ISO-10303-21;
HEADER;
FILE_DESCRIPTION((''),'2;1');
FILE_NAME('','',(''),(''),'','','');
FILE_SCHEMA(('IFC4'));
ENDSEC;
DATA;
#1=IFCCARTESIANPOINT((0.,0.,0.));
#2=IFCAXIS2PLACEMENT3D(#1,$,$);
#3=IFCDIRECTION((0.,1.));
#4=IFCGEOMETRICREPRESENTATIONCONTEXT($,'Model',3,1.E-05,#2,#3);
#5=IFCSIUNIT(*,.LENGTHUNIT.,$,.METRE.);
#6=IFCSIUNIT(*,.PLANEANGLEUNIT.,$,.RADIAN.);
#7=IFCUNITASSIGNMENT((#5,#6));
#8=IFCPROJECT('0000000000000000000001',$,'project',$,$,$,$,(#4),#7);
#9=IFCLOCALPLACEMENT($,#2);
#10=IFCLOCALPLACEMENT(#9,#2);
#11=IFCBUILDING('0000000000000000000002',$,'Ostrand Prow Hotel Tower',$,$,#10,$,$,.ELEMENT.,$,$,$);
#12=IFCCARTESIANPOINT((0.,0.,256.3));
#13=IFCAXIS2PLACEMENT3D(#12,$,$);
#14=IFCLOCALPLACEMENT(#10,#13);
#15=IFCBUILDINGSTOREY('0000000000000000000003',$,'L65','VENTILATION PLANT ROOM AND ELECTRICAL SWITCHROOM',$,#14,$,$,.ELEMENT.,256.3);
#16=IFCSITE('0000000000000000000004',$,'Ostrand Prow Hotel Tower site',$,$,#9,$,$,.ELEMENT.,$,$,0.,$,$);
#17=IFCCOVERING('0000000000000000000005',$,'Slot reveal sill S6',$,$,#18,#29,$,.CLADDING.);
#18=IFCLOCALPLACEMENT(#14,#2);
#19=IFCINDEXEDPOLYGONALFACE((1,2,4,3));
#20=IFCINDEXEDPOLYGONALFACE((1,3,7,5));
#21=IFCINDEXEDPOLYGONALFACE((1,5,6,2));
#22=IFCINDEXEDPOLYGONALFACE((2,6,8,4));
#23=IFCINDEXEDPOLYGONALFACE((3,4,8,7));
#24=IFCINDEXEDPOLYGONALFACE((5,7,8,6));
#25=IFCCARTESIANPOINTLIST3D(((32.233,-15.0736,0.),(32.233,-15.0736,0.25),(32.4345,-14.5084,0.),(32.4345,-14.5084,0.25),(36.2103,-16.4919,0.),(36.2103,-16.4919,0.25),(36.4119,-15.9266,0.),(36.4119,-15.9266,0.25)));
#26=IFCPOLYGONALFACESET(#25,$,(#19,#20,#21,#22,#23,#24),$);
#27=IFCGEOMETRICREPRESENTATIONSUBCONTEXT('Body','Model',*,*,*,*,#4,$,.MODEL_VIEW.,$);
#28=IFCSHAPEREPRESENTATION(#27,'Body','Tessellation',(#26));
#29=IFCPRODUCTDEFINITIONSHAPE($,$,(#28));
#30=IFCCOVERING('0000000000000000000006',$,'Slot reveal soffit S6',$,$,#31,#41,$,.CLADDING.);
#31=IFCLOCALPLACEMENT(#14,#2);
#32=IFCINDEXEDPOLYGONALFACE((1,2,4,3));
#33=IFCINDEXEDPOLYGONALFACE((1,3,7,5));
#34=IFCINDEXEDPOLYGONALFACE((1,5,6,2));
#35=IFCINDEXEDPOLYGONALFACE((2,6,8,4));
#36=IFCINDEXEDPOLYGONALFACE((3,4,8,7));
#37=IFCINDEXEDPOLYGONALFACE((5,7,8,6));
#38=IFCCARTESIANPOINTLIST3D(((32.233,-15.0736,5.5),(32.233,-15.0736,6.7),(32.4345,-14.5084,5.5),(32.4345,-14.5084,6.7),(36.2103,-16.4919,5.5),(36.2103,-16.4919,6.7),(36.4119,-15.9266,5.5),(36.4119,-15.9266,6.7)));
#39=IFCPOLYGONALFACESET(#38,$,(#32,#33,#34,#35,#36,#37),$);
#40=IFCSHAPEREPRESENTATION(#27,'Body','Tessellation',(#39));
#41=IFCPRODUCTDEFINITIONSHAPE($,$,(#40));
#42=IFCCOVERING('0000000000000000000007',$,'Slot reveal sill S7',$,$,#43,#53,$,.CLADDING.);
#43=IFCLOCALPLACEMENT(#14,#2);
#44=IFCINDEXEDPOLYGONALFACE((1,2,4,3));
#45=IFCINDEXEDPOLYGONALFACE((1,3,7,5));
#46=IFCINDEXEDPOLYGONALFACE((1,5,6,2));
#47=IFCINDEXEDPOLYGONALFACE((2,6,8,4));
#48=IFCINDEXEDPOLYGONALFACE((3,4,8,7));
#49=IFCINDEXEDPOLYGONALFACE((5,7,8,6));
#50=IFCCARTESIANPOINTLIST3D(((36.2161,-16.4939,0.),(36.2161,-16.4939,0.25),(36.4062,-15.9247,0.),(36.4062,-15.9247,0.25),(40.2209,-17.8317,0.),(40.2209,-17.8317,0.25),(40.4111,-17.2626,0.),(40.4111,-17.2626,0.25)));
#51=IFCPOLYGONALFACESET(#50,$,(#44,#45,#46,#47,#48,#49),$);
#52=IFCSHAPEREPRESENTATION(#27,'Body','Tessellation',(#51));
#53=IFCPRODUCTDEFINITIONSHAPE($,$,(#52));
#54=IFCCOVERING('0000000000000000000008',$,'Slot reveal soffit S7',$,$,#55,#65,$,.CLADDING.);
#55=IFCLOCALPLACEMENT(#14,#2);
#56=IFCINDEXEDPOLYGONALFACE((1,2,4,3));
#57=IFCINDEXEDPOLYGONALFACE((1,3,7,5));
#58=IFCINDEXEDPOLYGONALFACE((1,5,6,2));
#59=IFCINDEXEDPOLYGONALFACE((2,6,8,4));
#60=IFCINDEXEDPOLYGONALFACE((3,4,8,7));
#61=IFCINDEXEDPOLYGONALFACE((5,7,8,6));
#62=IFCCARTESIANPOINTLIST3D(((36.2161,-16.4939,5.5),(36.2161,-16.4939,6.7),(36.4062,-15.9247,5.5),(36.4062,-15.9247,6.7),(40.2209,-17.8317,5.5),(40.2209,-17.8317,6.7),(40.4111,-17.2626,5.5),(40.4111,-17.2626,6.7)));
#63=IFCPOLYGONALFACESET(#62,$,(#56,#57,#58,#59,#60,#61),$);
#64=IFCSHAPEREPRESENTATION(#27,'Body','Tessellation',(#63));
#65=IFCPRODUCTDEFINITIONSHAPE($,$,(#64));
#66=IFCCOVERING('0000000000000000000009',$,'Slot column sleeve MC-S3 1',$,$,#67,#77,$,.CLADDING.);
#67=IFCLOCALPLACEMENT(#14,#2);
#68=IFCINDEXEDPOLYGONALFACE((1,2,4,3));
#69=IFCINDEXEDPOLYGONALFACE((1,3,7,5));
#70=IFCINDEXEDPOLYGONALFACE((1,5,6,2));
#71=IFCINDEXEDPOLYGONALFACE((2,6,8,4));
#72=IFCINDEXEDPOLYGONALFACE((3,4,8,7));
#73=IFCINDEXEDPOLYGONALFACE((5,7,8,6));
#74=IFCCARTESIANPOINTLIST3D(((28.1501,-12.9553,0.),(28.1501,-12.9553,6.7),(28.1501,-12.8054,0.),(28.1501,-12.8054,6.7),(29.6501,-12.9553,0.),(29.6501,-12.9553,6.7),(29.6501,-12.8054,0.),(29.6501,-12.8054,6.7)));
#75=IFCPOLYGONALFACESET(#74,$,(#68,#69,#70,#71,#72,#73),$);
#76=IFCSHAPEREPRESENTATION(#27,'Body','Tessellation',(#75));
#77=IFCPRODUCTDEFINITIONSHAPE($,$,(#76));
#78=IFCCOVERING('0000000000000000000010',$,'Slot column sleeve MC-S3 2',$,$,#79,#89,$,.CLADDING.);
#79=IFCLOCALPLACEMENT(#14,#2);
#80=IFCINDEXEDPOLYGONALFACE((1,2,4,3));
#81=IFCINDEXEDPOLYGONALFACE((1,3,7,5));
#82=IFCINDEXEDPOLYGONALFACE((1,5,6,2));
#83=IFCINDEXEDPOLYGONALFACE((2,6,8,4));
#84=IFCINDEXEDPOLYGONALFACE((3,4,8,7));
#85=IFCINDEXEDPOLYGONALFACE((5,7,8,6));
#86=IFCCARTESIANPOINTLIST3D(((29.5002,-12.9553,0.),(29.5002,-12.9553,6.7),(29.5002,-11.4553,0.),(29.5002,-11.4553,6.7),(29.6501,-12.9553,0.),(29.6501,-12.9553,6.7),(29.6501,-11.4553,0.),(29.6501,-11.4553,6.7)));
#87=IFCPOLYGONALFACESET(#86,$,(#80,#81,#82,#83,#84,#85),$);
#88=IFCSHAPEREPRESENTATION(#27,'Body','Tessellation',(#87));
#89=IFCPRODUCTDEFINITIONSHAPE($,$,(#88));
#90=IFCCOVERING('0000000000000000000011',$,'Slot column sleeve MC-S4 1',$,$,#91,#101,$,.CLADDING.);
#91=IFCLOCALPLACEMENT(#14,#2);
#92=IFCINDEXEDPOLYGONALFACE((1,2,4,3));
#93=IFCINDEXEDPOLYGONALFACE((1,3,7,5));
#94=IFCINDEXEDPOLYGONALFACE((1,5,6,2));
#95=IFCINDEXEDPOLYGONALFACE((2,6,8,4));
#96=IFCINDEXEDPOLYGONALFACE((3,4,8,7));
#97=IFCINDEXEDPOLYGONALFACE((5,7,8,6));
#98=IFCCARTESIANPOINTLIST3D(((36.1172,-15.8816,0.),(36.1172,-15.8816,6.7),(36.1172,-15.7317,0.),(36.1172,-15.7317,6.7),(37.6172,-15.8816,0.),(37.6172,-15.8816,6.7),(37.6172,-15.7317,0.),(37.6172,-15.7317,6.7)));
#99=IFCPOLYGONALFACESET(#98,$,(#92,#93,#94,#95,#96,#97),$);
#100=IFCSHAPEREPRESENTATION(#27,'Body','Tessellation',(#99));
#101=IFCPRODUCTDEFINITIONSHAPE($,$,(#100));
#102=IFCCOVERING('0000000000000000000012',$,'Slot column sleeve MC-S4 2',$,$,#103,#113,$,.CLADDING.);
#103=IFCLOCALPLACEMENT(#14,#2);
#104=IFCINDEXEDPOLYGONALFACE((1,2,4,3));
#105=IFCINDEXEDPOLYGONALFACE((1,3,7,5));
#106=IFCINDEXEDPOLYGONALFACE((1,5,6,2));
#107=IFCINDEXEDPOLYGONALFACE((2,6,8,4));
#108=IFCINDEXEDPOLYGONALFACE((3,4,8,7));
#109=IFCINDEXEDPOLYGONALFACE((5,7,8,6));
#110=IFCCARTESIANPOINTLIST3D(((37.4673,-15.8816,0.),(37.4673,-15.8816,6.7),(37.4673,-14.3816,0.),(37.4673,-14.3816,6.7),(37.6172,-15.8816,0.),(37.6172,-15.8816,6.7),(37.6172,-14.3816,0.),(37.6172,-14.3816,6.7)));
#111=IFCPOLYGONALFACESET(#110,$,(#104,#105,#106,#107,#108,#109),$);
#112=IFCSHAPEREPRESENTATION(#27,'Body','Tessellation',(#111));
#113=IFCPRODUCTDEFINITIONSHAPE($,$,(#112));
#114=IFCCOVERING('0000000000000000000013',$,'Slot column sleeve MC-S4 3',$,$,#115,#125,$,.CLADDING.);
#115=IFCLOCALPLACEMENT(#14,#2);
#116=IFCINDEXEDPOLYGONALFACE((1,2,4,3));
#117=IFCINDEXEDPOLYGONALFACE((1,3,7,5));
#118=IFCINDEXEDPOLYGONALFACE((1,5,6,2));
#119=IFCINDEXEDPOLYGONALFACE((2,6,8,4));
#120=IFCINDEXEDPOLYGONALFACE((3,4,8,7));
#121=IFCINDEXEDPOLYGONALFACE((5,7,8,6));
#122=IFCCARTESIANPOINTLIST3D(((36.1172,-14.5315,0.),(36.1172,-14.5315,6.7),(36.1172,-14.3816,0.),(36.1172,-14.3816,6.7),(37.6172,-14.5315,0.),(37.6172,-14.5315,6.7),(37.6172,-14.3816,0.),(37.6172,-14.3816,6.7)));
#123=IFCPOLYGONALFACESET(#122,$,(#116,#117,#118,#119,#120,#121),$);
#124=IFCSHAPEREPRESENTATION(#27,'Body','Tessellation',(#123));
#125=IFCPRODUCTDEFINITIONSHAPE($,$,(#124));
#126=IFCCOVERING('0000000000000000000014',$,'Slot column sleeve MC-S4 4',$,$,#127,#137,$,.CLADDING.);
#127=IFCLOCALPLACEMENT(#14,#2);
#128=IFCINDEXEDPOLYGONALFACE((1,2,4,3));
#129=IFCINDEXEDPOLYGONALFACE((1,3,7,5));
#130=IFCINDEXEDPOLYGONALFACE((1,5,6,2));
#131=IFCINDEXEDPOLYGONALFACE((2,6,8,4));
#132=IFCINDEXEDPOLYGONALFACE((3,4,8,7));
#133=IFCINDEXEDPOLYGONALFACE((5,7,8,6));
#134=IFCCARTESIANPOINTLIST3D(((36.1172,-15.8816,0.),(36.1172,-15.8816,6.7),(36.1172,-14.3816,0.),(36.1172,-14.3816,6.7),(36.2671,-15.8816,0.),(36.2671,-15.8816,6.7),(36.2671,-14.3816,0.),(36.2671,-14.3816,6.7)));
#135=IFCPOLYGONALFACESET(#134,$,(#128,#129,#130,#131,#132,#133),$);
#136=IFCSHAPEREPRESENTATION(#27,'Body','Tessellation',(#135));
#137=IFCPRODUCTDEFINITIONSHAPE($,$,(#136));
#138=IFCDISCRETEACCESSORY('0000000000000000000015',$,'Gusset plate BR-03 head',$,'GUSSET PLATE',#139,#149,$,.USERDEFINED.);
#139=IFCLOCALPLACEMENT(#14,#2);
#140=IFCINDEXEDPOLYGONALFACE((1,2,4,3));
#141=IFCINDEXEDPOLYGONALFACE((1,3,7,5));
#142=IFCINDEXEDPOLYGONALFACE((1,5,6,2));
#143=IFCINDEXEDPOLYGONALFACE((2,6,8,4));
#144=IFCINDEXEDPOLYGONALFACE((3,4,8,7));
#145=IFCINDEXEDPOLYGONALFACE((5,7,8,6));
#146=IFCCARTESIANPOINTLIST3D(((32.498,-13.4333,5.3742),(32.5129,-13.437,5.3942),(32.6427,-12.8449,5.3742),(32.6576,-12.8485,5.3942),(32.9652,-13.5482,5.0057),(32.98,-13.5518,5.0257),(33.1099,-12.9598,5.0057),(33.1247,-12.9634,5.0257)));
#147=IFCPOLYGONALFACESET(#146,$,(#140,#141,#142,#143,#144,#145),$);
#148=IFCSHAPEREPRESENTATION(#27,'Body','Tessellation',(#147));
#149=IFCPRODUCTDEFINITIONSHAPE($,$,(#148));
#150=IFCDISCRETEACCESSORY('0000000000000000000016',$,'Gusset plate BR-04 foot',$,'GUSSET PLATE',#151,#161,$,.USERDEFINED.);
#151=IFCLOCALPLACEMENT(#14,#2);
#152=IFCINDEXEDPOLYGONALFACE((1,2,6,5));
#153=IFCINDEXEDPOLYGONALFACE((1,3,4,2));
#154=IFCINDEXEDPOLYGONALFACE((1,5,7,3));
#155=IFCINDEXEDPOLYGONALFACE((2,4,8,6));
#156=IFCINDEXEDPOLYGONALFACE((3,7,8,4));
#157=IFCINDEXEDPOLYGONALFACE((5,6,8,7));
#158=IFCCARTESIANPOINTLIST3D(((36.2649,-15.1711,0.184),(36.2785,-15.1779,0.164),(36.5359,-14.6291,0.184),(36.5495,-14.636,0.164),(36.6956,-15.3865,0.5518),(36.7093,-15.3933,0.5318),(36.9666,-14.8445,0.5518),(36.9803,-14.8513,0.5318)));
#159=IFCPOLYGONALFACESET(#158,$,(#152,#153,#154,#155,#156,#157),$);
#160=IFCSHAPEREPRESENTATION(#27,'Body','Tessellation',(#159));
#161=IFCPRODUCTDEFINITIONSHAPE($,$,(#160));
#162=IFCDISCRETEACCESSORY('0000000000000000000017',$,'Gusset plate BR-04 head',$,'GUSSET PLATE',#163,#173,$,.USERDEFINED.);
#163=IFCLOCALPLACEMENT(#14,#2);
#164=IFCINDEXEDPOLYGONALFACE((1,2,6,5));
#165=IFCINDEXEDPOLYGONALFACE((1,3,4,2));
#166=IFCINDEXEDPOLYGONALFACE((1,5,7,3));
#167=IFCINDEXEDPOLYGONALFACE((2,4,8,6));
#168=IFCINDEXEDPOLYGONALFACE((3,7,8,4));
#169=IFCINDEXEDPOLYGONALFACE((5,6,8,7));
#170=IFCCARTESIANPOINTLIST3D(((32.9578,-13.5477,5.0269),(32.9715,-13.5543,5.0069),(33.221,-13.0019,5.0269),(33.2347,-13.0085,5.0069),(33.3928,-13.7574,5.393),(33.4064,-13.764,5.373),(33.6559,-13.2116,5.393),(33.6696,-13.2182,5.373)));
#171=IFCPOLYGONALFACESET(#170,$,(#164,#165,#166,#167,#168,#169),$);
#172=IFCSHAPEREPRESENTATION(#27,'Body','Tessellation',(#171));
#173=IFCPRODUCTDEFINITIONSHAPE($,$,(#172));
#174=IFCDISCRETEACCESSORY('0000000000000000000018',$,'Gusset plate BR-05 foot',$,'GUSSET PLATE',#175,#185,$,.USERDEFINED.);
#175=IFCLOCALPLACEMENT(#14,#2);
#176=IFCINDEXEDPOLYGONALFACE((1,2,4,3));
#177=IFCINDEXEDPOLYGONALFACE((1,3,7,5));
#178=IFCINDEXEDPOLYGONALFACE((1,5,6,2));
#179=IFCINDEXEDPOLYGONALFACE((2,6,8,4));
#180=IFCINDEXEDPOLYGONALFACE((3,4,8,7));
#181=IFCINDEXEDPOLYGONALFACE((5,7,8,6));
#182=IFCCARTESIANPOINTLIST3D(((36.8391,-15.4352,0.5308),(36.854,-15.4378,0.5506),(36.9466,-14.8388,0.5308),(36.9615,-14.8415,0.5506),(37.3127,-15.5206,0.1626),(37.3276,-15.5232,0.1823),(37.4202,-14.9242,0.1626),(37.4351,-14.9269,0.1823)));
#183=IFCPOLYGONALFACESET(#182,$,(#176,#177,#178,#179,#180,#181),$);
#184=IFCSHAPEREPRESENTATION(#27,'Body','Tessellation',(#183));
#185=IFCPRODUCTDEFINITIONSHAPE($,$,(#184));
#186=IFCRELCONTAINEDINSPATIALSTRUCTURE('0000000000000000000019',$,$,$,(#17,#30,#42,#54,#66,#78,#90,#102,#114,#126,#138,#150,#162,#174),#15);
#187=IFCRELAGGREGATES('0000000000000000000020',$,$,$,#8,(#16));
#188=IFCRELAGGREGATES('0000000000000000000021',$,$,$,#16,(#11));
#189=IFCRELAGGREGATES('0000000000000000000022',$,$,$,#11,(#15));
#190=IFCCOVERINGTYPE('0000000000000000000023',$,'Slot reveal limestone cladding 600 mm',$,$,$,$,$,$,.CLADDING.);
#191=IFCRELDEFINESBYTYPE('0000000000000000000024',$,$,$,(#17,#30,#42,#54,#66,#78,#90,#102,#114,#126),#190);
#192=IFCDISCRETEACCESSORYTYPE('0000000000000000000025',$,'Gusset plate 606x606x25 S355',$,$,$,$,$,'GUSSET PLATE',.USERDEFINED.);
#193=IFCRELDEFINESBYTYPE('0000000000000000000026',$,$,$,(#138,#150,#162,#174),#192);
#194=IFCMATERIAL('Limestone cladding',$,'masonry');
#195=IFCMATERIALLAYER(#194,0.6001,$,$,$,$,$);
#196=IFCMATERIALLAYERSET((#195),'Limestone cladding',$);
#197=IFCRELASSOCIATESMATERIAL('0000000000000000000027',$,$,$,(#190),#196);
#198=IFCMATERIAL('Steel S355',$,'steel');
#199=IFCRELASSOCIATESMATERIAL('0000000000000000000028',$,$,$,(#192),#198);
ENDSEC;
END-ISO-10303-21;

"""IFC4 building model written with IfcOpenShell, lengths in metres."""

from ifc_helpers import new_model, si_unit, direction, frame, frame_2d, origin, origin_2d, place, context, subcontext, project, spatial, rectangle, extrude, material, layer, layer_set, material_profile, profile_set, type_object, element, save


model = new_model("IFC4")

# Units and contexts
model_context = context("Model", 3, precision=1e-05, world=origin(), true_north=direction((0.0, 1.0)))
body_context = subcontext(model_context, "Body", "Model", "MODEL_VIEW")
ifc_project = project(units=[si_unit("LENGTHUNIT", "METRE"), si_unit("PLANEANGLEUNIT", "RADIAN")], contexts=[model_context])

# Site, building, storey
site_placement = place(None, origin())
site = spatial("IfcSite", under=ifc_project, at=site_placement, Name="Ostrand Prow Hotel Tower site", CompositionType="ELEMENT", RefElevation=0.0)
building_placement = place(site_placement, origin())
building = spatial("IfcBuilding", under=site, at=building_placement, Name="Ostrand Prow Hotel Tower", CompositionType="ELEMENT")
storey_placement = place(building_placement, frame((0.0, 0.0, 256.3)))
storey = spatial("IfcBuildingStorey", under=building, at=storey_placement, Name="L65", Description="VENTILATION PLANT ROOM AND ELECTRICAL SWITCHROOM", CompositionType="ELEMENT", Elevation=256.3)

# Coverings
ifc_material_1 = material(Name="Limestone cladding", Category="masonry")
ifc_layer_1 = layer(ifc_material_1, 0.6001)
ifc_layer_set_1 = layer_set([ifc_layer_1], Name="Limestone cladding")
covering_type_1 = type_object("IfcCoveringType", Name="Slot reveal limestone cladding 600 mm", PredefinedType="CLADDING", material=ifc_layer_set_1)
covering_1_placement = place(storey_placement, frame((32.3337, -14.791, 0.0), z_axis=(0.0, 0.0, 1.0), x_axis=(0.941911, -0.335864, 0.0)))
element("IfcCovering", 1, at=covering_1_placement, inside=storey, type_object=covering_type_1, Name="Slot reveal sill S6", PredefinedType="CLADDING", context=body_context, shape_type="SweptSolid", body=[
    extrude(rectangle(XDim=4.2227, YDim=0.6001, at=frame_2d((2.1113, 0.0))), origin(), (0.0, 0.0, 1.0), 0.25),
])
covering_2_placement = place(storey_placement, frame((32.3337, -14.791, 5.5), z_axis=(0.0, 0.0, 1.0), x_axis=(0.941911, -0.335864, 0.0)))
element("IfcCovering", 2, at=covering_2_placement, inside=storey, type_object=covering_type_1, Name="Slot reveal soffit S6", PredefinedType="CLADDING", context=body_context, shape_type="SweptSolid", body=[
    extrude(rectangle(XDim=4.2227, YDim=0.6001, at=frame_2d((2.1113, 0.0))), origin(), (0.0, 0.0, 1.0), 1.2),
])
covering_3_placement = place(storey_placement, frame((36.311, -16.2092, 0.0), z_axis=(0.0, 0.0, 1.0), x_axis=(0.948475, -0.316852, 0.0)))
element("IfcCovering", 3, at=covering_3_placement, inside=storey, type_object=covering_type_1, Name="Slot reveal sill S7", PredefinedType="CLADDING", context=body_context, shape_type="SweptSolid", body=[
    extrude(rectangle(XDim=4.2224, YDim=0.6001, at=frame_2d((2.1113, 0.0))), origin(), (0.0, 0.0, 1.0), 0.25),
])
covering_4_placement = place(storey_placement, frame((36.311, -16.2092, 5.5), z_axis=(0.0, 0.0, 1.0), x_axis=(0.948475, -0.316852, 0.0)))
element("IfcCovering", 4, at=covering_4_placement, inside=storey, type_object=covering_type_1, Name="Slot reveal soffit S7", PredefinedType="CLADDING", context=body_context, shape_type="SweptSolid", body=[
    extrude(rectangle(XDim=4.2224, YDim=0.6001, at=frame_2d((2.1113, 0.0))), origin(), (0.0, 0.0, 1.0), 1.2),
])
for number, where, z_axis, x_axis, name in (
    (5, (28.1501, -12.8804, 0.0), (0.0, 0.0, 1.0), (1.0, 0.0, 0.0), "Slot column sleeve MC-S3 1"),
    (6, (29.5752, -12.9553, 0.0), (0.0, 0.0, 1.0), (0.0, 1.0, 0.0), "Slot column sleeve MC-S3 2"),
    (7, (36.1172, -15.8066, 0.0), (0.0, 0.0, 1.0), (1.0, 0.0, 0.0), "Slot column sleeve MC-S4 1"),
    (8, (37.5422, -15.8816, 0.0), (0.0, 0.0, 1.0), (0.0, 1.0, 0.0), "Slot column sleeve MC-S4 2"),
    (9, (37.6172, -14.4565, 0.0), (0.0, 0.0, 1.0), (-1.0, 0.0, 0.0), "Slot column sleeve MC-S4 3"),
    (10, (36.1921, -14.3816, 0.0), (0.0, 0.0, 1.0), (0.0, -1.0, 0.0), "Slot column sleeve MC-S4 4"),
):
    element("IfcCovering", number, at=place(storey_placement, frame(where, z_axis=z_axis, x_axis=x_axis)), inside=storey, type_object=covering_type_1, Name=name, PredefinedType="CLADDING", context=body_context, shape_type="SweptSolid", body=[
        extrude(rectangle(XDim=1.5, YDim=0.1499, at=frame_2d((0.75, 0.0))), origin(), (0.0, 0.0, 1.0), 6.7),
    ])

# Discrete accessories
ifc_material_2 = material(Name="Steel S355", Category="steel")
ifc_material_profile_1 = material_profile(ifc_material_2, rectangle(XDim=0.606, YDim=0.606, at=origin_2d()), Name="PL 606x606x25")
ifc_profile_set_1 = profile_set([ifc_material_profile_1], Name="Steel S355")
discrete_accessory_type = type_object("IfcDiscreteAccessoryType", Name="Gusset plate 606x606x25 S355", ElementType="GUSSET PLATE", PredefinedType="USERDEFINED", material=ifc_profile_set_1)
for number, where, z_axis, x_axis, name in (
    (11, (32.804, -13.1965, 5.1899), (0.590538, -0.145214, 0.793838), (0.238788, 0.971072, 0.0), "Gusset plate BR-03 head"),
    (12, (36.6294, -15.0146, 0.3479), (-0.542795, 0.271397, 0.794807), (-0.447214, -0.894427, 0.0), "Gusset plate BR-04 foot"),
    (13, (33.3206, -13.3862, 5.1899), (-0.544203, 0.262383, 0.796868), (-0.434299, -0.900769, 0.0), "Gusset plate BR-04 head"),
):
    element("IfcDiscreteAccessory", number, at=place(storey_placement, frame(where, z_axis=z_axis, x_axis=x_axis)), inside=storey, type_object=discrete_accessory_type, Name=name, ObjectType="GUSSET PLATE", PredefinedType="USERDEFINED", context=body_context, shape_type="SweptSolid", body=[
        extrude(rectangle(XDim=0.606, YDim=0.606, at=origin_2d()), origin(), (0.0, 0.0, 1.0), 0.0251),
    ])
discrete_accessory_placement = place(storey_placement, frame((37.1296, -15.1797, 0.3467), z_axis=(0.598068, -0.107848, 0.794156), x_axis=(0.177466, 0.984127, 0.0)))
element("IfcDiscreteAccessory", 14, at=discrete_accessory_placement, inside=storey, type_object=discrete_accessory_type, Name="Gusset plate BR-05 foot", ObjectType="GUSSET PLATE", PredefinedType="USERDEFINED", context=body_context, shape_type="SweptSolid", body=[
    extrude(rectangle(XDim=0.606, YDim=0.606, at=origin_2d()), origin(), (0.0, 0.0, 1.0), 0.0249),
])

save(model, "model.ifc")
